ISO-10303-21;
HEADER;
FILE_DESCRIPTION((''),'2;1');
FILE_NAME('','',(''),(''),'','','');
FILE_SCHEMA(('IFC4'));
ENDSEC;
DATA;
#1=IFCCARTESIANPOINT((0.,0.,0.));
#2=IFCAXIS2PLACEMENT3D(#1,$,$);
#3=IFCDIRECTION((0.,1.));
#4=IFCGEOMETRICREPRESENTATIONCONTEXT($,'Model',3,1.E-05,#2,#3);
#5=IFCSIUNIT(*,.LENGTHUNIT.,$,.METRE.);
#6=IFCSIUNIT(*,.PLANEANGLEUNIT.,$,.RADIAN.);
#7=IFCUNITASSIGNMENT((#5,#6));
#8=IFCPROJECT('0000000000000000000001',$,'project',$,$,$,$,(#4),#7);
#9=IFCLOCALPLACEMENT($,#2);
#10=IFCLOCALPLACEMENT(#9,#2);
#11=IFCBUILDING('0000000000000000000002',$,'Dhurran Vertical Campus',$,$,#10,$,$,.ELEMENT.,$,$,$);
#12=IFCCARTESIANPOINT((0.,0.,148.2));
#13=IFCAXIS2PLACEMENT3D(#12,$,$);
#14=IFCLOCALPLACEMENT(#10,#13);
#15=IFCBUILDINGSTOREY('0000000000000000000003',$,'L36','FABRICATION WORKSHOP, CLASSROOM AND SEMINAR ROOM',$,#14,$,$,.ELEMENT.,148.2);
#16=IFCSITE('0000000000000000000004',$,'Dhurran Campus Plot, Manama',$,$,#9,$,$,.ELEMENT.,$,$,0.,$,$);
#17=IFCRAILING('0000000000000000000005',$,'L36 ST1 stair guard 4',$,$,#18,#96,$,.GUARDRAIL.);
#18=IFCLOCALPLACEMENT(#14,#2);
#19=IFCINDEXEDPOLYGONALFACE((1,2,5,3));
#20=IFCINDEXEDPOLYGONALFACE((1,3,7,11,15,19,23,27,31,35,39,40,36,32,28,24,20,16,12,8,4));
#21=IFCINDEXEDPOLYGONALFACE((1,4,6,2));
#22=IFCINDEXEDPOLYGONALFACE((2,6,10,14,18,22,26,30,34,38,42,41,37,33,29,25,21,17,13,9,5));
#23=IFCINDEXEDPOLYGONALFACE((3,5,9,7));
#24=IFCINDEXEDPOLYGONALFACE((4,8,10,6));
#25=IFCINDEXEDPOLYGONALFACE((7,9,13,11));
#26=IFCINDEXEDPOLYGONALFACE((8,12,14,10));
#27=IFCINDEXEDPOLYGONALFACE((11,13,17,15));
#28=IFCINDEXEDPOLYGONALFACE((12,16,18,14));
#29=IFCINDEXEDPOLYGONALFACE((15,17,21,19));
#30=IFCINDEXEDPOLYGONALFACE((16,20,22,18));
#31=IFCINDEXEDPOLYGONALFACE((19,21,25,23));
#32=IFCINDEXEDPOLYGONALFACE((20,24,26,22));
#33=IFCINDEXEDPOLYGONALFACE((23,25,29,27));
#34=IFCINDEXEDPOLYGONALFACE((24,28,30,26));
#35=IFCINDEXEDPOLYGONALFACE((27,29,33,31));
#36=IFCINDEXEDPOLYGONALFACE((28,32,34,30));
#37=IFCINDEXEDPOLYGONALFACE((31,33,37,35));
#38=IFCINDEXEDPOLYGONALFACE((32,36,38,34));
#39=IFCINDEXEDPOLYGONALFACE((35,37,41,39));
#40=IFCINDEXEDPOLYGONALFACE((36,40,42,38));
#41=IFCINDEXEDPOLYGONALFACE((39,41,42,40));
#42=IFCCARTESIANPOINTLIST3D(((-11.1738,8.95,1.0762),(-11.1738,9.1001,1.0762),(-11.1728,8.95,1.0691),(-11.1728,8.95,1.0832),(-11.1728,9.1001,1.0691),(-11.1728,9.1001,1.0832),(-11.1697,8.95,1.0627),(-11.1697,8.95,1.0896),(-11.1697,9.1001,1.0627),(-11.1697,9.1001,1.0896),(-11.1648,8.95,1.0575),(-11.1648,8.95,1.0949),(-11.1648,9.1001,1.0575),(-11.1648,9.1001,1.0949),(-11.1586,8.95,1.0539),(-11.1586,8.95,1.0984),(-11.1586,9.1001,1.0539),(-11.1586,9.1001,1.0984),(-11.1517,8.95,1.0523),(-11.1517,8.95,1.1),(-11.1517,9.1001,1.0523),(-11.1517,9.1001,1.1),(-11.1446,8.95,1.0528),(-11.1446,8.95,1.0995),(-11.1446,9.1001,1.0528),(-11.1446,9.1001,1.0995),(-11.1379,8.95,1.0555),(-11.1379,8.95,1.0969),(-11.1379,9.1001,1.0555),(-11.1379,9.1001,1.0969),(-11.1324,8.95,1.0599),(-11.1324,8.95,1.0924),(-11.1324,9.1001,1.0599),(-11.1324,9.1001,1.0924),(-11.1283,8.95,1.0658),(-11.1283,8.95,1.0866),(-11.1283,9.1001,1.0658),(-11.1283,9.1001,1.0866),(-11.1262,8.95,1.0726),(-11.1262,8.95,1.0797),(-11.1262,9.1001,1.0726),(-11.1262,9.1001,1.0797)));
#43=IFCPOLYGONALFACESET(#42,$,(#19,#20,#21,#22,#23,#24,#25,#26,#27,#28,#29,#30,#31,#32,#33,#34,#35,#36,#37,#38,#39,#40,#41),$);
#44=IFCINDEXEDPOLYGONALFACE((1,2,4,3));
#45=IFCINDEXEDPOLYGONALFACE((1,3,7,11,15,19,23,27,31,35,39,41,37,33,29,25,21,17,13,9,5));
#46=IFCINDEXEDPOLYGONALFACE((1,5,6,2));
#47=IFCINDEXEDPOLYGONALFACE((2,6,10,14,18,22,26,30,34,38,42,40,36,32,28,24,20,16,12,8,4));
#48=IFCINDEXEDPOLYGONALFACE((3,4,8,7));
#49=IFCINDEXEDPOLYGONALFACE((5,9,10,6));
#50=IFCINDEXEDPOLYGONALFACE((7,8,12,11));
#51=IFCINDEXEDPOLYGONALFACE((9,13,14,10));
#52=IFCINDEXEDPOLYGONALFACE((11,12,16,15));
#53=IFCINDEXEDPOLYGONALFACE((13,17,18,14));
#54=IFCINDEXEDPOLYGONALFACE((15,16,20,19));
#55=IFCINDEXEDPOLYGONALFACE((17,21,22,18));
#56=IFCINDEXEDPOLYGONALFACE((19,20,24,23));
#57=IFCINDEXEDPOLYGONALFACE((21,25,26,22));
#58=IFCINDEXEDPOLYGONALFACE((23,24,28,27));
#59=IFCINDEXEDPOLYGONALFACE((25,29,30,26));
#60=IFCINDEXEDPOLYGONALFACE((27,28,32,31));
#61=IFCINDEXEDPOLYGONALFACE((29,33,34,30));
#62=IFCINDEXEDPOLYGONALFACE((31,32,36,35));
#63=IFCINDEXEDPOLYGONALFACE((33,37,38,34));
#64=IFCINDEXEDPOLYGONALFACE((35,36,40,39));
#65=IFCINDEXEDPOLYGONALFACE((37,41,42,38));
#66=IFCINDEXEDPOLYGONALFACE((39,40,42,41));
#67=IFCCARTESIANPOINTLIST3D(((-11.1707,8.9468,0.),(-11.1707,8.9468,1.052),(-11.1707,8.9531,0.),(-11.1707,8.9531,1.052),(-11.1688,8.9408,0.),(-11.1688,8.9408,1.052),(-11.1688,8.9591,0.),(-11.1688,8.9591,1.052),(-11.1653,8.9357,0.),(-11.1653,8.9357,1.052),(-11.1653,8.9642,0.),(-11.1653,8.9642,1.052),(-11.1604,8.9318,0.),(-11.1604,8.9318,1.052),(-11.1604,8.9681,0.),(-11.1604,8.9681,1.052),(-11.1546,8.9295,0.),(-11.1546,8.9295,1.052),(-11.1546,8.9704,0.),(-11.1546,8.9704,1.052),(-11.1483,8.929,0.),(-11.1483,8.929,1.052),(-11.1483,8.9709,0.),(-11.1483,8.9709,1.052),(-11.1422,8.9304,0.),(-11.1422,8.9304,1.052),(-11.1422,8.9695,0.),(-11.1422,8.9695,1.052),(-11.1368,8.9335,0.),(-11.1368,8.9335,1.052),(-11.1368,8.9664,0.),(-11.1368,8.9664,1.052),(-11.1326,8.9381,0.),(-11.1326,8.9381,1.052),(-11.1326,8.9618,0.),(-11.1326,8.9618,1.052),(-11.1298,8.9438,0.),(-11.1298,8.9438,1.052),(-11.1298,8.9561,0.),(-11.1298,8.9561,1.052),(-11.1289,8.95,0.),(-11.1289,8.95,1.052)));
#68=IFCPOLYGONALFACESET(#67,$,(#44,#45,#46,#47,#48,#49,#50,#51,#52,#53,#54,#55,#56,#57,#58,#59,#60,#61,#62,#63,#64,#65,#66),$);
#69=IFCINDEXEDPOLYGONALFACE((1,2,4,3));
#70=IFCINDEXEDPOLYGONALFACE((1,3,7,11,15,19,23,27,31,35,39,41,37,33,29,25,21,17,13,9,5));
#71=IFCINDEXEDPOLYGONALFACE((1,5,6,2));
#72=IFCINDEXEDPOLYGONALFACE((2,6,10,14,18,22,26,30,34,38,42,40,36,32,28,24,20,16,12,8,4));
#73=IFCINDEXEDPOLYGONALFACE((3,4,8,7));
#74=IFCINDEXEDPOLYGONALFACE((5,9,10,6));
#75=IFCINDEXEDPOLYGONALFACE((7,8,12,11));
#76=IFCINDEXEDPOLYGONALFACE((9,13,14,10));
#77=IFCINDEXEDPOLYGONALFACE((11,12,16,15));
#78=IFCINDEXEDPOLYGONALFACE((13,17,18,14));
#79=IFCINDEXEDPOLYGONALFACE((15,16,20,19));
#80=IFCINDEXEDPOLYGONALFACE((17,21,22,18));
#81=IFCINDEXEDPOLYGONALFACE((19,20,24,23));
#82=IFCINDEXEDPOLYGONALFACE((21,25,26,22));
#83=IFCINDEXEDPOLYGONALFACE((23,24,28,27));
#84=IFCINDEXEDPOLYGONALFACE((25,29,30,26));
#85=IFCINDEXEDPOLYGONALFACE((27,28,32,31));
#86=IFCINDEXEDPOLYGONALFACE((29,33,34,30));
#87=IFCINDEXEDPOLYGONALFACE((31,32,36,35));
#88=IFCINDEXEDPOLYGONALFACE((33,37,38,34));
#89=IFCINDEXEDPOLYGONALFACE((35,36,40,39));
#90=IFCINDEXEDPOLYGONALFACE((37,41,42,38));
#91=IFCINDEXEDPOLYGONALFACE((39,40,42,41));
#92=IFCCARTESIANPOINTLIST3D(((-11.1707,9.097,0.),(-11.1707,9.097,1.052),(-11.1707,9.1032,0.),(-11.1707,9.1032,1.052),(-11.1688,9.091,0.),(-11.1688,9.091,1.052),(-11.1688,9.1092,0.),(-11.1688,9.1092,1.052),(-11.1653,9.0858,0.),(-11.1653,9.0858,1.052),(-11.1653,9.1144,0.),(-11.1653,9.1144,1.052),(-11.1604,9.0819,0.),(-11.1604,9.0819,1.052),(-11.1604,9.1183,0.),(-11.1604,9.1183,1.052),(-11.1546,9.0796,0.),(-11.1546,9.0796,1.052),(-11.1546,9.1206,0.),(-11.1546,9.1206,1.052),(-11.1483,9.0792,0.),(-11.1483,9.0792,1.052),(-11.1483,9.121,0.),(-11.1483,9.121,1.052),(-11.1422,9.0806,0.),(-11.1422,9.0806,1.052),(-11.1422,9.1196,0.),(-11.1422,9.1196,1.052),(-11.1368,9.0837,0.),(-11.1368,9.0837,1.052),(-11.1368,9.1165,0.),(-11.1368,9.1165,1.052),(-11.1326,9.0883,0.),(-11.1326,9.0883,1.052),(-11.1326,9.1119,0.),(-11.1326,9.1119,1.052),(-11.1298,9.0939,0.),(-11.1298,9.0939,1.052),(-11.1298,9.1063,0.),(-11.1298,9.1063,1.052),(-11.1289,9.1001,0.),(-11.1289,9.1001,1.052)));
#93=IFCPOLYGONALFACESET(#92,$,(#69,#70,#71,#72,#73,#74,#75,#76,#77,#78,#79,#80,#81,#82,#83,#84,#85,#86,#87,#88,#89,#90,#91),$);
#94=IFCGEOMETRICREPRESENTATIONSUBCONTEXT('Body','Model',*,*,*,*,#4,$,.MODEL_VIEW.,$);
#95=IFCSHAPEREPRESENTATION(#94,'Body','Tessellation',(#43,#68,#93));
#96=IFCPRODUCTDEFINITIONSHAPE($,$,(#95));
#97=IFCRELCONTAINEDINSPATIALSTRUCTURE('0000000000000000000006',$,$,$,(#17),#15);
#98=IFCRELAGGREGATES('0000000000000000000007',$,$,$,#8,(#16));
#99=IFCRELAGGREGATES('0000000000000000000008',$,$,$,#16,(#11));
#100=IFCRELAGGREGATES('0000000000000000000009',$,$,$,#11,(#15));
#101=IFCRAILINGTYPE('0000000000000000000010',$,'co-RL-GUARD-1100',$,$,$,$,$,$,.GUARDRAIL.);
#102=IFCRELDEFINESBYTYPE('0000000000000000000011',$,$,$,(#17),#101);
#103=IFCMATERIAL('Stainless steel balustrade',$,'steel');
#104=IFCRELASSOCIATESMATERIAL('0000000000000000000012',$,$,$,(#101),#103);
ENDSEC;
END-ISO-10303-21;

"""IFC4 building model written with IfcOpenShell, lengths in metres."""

from ifc_helpers import new_model, si_unit, direction, frame, origin, origin_2d, place, context, subcontext, project, spatial, circle, extrude, material, type_object, element, save


model = new_model("IFC4")

# Units and contexts
model_context = context("Model", 3, precision=1e-05, world=origin(), true_north=direction((0.0, 1.0)))
body_context = subcontext(model_context, "Body", "Model", "MODEL_VIEW")
ifc_project = project(units=[si_unit("LENGTHUNIT", "METRE"), si_unit("PLANEANGLEUNIT", "RADIAN")], contexts=[model_context])

# Site, building, storey
site_placement = place(None, origin())
site = spatial("IfcSite", under=ifc_project, at=site_placement, Name="Dhurran Campus Plot, Manama", CompositionType="ELEMENT", RefElevation=0.0)
building_placement = place(site_placement, origin())
building = spatial("IfcBuilding", under=site, at=building_placement, Name="Dhurran Vertical Campus", CompositionType="ELEMENT")
storey_placement = place(building_placement, frame((0.0, 0.0, 148.2)))
storey = spatial("IfcBuildingStorey", under=building, at=storey_placement, Name="L36", Description="FABRICATION WORKSHOP, CLASSROOM AND SEMINAR ROOM", CompositionType="ELEMENT", Elevation=148.2)

# Railing
ifc_material_1 = material(Name="Stainless steel balustrade", Category="steel")
railing_type_1 = type_object("IfcRailingType", Name="co-RL-GUARD-1100", PredefinedType="GUARDRAIL", material=ifc_material_1)
railing_1_placement = place(storey_placement, frame((-11.1499, 8.95, 0.0)))
element("IfcRailing", 1, at=railing_1_placement, inside=storey, type_object=railing_type_1, Name="L36 ST1 stair guard 4", PredefinedType="GUARDRAIL", context=body_context, shape_type="SweptSolid", body=[
    extrude(circle(Radius=0.0239, at=origin_2d()), frame((0.0, 0.0, 1.0762), z_axis=(0.0, 1.0, 0.0), x_axis=(-1.0, 0.0, 0.0)), (0.0, 0.0, 1.0), 0.1501),
    extrude(circle(Radius=0.021, at=origin_2d()), origin(), (0.0, 0.0, 1.0), 1.052),
    extrude(circle(Radius=0.021, at=origin_2d()), frame((0.0, 0.1501, 0.0)), (0.0, 0.0, 1.0), 1.052),
])

save(model, "model.ifc")
